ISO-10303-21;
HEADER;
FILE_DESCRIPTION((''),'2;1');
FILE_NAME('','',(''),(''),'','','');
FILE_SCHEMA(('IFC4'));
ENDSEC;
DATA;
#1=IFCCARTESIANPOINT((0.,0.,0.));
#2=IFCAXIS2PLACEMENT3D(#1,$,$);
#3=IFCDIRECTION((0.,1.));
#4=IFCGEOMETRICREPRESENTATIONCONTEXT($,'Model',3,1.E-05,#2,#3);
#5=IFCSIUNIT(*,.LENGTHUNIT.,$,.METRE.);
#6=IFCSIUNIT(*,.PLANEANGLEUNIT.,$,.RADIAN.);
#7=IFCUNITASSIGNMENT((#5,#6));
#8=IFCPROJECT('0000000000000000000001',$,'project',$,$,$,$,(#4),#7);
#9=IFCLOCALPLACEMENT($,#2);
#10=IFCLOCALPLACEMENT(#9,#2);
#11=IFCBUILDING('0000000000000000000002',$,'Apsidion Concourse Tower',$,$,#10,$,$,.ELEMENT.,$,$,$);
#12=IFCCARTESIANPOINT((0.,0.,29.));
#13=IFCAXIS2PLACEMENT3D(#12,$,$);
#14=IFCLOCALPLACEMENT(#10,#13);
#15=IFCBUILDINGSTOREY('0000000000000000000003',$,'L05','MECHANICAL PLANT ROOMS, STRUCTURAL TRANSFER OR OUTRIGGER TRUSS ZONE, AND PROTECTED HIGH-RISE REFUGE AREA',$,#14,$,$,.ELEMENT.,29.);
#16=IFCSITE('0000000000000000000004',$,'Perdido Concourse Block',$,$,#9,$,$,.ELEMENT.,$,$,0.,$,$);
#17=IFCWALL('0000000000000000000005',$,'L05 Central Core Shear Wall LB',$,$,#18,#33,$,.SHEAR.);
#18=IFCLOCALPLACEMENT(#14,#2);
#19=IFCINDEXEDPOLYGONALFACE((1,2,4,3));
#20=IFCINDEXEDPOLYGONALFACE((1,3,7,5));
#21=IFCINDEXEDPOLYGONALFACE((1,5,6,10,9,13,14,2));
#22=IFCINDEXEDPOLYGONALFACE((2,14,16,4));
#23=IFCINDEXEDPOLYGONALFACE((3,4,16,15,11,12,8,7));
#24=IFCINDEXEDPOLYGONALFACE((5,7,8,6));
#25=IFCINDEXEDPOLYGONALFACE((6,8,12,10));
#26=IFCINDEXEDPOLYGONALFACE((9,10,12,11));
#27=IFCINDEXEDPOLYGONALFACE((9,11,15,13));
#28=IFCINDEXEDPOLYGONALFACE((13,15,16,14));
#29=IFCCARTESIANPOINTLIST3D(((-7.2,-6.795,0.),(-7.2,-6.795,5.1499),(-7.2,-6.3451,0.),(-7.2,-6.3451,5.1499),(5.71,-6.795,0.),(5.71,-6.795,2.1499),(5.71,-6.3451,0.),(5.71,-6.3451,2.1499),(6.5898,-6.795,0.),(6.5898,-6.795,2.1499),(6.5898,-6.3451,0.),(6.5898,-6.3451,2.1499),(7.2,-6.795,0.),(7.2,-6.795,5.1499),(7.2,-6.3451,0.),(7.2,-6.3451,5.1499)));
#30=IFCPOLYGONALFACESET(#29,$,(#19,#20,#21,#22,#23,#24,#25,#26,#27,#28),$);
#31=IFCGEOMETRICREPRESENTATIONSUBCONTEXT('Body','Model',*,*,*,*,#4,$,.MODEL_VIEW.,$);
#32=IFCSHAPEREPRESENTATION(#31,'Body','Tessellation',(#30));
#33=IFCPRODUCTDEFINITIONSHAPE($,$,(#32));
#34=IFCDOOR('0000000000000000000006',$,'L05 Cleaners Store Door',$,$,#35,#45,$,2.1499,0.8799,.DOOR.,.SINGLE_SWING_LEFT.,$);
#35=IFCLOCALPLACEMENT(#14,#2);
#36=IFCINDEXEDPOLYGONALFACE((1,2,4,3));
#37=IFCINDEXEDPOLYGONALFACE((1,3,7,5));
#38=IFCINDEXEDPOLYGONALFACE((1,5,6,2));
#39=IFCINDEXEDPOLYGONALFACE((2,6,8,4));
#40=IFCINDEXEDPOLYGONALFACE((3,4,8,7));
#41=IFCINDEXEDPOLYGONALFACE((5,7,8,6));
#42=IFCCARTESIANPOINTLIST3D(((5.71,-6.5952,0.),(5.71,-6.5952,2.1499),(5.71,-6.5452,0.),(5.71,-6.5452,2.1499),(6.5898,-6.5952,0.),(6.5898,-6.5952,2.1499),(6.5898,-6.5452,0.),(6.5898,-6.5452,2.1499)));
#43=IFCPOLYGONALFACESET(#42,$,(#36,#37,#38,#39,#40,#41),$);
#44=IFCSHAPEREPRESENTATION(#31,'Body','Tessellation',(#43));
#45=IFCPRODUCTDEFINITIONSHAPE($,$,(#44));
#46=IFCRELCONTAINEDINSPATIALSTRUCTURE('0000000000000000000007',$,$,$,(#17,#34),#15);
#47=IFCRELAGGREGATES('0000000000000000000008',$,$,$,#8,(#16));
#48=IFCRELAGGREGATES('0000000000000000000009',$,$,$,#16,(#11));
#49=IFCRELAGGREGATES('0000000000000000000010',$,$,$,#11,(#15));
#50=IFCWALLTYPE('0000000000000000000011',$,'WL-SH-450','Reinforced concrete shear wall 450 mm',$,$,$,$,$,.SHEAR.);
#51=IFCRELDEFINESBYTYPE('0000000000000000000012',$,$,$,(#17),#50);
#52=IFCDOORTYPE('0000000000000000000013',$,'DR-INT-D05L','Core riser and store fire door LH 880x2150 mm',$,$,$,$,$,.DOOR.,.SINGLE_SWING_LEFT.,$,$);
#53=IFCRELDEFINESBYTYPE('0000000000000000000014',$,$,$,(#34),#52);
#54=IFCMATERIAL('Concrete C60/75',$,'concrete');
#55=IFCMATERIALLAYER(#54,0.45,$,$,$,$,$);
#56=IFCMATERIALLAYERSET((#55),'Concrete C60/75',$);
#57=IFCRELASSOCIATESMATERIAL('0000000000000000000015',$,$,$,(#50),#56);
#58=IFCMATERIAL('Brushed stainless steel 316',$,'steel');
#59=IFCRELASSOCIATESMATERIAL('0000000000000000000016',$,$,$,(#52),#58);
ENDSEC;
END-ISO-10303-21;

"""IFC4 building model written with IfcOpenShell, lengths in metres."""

from ifc_helpers import new_model, si_unit, direction, frame, frame_2d, origin, place, context, subcontext, project, spatial, rectangle, extrude, material, layer, layer_set, type_object, element, fill, save


model = new_model("IFC4")

# Units and contexts
model_context = context("Model", 3, precision=1e-05, world=origin(), true_north=direction((0.0, 1.0)))
body_context = subcontext(model_context, "Body", "Model", "MODEL_VIEW")
ifc_project = project(units=[si_unit("LENGTHUNIT", "METRE"), si_unit("PLANEANGLEUNIT", "RADIAN")], contexts=[model_context])

# Site, building, storey
site_placement = place(None, origin())
site = spatial("IfcSite", under=ifc_project, at=site_placement, Name="Perdido Concourse Block", CompositionType="ELEMENT", RefElevation=0.0)
building_placement = place(site_placement, origin())
building = spatial("IfcBuilding", under=site, at=building_placement, Name="Apsidion Concourse Tower", CompositionType="ELEMENT")
storey_placement = place(building_placement, frame((0.0, 0.0, 29.0)))
storey = spatial("IfcBuildingStorey", under=building, at=storey_placement, Name="L05", Description="MECHANICAL PLANT ROOMS, STRUCTURAL TRANSFER OR OUTRIGGER TRUSS ZONE, AND PROTECTED HIGH-RISE REFUGE AREA", CompositionType="ELEMENT", Elevation=29.0)

# Shared definitions
ifc_material_1 = material(Name="Concrete C60/75", Category="concrete")
ifc_layer_1 = layer(ifc_material_1, 0.45)
ifc_layer_set_1 = layer_set([ifc_layer_1], Name="Concrete C60/75")
wall_type_1 = type_object("IfcWallType", Name="WL-SH-450", Description="Reinforced concrete shear wall 450 mm", PredefinedType="SHEAR", material=ifc_layer_set_1)
ifc_material_2 = material(Name="Brushed stainless steel 316", Category="steel")

# Wall, opening, door
wall_1_placement = place(storey_placement, frame((-7.2, -6.5701, 0.0), z_axis=(0.0, 0.0, 1.0), x_axis=(1.0, 0.0, 0.0)))
wall_1 = element("IfcWall", 1, at=wall_1_placement, inside=storey, type_object=wall_type_1, Name="L05 Central Core Shear Wall LB", PredefinedType="SHEAR", context=body_context, shape_type="SweptSolid", body=[
    extrude(rectangle(XDim=14.3999, YDim=0.45, at=frame_2d((7.2, 0.0))), origin(), (0.0, 0.0, 1.0), 5.1499),
])
opening_1_placement = place(wall_1_placement, frame((12.9099, 0.0, 0.0)))
opening_1 = element("IfcOpeningElement", 2, at=opening_1_placement, cuts=wall_1, PredefinedType="OPENING", context=body_context, shape_type="SweptSolid", body=[
    extrude(rectangle(XDim=0.8799, YDim=2.1499, at=frame_2d((0.4399, 1.075))), frame((0.0, 0.2349, 0.0), z_axis=(0.0, -1.0, 0.0), x_axis=(1.0, 0.0, 0.0)), (0.0, 0.0, 1.0), 0.47),
])
door_type_1 = type_object("IfcDoorType", Name="DR-INT-D05L", Description="Core riser and store fire door LH 880x2150 mm", OperationType="SINGLE_SWING_LEFT", PredefinedType="DOOR", material=ifc_material_2)
door_1_placement = place(opening_1_placement, origin())
door_1 = element("IfcDoor", 3, at=door_1_placement, inside=storey, type_object=door_type_1, Name="L05 Cleaners Store Door", OperationType="SINGLE_SWING_LEFT", OverallHeight=2.1499, OverallWidth=0.8799, PredefinedType="DOOR", context=body_context, shape_type="SweptSolid", body=[
    extrude(rectangle(XDim=0.8799, YDim=2.1499, at=frame_2d((0.4399, 1.075))), frame((0.0, 0.0249, 0.0), z_axis=(0.0, -1.0, 0.0), x_axis=(1.0, 0.0, 0.0)), (0.0, 0.0, 1.0), 0.05),
])
fill(opening_1, door_1)

save(model, "model.ifc")
